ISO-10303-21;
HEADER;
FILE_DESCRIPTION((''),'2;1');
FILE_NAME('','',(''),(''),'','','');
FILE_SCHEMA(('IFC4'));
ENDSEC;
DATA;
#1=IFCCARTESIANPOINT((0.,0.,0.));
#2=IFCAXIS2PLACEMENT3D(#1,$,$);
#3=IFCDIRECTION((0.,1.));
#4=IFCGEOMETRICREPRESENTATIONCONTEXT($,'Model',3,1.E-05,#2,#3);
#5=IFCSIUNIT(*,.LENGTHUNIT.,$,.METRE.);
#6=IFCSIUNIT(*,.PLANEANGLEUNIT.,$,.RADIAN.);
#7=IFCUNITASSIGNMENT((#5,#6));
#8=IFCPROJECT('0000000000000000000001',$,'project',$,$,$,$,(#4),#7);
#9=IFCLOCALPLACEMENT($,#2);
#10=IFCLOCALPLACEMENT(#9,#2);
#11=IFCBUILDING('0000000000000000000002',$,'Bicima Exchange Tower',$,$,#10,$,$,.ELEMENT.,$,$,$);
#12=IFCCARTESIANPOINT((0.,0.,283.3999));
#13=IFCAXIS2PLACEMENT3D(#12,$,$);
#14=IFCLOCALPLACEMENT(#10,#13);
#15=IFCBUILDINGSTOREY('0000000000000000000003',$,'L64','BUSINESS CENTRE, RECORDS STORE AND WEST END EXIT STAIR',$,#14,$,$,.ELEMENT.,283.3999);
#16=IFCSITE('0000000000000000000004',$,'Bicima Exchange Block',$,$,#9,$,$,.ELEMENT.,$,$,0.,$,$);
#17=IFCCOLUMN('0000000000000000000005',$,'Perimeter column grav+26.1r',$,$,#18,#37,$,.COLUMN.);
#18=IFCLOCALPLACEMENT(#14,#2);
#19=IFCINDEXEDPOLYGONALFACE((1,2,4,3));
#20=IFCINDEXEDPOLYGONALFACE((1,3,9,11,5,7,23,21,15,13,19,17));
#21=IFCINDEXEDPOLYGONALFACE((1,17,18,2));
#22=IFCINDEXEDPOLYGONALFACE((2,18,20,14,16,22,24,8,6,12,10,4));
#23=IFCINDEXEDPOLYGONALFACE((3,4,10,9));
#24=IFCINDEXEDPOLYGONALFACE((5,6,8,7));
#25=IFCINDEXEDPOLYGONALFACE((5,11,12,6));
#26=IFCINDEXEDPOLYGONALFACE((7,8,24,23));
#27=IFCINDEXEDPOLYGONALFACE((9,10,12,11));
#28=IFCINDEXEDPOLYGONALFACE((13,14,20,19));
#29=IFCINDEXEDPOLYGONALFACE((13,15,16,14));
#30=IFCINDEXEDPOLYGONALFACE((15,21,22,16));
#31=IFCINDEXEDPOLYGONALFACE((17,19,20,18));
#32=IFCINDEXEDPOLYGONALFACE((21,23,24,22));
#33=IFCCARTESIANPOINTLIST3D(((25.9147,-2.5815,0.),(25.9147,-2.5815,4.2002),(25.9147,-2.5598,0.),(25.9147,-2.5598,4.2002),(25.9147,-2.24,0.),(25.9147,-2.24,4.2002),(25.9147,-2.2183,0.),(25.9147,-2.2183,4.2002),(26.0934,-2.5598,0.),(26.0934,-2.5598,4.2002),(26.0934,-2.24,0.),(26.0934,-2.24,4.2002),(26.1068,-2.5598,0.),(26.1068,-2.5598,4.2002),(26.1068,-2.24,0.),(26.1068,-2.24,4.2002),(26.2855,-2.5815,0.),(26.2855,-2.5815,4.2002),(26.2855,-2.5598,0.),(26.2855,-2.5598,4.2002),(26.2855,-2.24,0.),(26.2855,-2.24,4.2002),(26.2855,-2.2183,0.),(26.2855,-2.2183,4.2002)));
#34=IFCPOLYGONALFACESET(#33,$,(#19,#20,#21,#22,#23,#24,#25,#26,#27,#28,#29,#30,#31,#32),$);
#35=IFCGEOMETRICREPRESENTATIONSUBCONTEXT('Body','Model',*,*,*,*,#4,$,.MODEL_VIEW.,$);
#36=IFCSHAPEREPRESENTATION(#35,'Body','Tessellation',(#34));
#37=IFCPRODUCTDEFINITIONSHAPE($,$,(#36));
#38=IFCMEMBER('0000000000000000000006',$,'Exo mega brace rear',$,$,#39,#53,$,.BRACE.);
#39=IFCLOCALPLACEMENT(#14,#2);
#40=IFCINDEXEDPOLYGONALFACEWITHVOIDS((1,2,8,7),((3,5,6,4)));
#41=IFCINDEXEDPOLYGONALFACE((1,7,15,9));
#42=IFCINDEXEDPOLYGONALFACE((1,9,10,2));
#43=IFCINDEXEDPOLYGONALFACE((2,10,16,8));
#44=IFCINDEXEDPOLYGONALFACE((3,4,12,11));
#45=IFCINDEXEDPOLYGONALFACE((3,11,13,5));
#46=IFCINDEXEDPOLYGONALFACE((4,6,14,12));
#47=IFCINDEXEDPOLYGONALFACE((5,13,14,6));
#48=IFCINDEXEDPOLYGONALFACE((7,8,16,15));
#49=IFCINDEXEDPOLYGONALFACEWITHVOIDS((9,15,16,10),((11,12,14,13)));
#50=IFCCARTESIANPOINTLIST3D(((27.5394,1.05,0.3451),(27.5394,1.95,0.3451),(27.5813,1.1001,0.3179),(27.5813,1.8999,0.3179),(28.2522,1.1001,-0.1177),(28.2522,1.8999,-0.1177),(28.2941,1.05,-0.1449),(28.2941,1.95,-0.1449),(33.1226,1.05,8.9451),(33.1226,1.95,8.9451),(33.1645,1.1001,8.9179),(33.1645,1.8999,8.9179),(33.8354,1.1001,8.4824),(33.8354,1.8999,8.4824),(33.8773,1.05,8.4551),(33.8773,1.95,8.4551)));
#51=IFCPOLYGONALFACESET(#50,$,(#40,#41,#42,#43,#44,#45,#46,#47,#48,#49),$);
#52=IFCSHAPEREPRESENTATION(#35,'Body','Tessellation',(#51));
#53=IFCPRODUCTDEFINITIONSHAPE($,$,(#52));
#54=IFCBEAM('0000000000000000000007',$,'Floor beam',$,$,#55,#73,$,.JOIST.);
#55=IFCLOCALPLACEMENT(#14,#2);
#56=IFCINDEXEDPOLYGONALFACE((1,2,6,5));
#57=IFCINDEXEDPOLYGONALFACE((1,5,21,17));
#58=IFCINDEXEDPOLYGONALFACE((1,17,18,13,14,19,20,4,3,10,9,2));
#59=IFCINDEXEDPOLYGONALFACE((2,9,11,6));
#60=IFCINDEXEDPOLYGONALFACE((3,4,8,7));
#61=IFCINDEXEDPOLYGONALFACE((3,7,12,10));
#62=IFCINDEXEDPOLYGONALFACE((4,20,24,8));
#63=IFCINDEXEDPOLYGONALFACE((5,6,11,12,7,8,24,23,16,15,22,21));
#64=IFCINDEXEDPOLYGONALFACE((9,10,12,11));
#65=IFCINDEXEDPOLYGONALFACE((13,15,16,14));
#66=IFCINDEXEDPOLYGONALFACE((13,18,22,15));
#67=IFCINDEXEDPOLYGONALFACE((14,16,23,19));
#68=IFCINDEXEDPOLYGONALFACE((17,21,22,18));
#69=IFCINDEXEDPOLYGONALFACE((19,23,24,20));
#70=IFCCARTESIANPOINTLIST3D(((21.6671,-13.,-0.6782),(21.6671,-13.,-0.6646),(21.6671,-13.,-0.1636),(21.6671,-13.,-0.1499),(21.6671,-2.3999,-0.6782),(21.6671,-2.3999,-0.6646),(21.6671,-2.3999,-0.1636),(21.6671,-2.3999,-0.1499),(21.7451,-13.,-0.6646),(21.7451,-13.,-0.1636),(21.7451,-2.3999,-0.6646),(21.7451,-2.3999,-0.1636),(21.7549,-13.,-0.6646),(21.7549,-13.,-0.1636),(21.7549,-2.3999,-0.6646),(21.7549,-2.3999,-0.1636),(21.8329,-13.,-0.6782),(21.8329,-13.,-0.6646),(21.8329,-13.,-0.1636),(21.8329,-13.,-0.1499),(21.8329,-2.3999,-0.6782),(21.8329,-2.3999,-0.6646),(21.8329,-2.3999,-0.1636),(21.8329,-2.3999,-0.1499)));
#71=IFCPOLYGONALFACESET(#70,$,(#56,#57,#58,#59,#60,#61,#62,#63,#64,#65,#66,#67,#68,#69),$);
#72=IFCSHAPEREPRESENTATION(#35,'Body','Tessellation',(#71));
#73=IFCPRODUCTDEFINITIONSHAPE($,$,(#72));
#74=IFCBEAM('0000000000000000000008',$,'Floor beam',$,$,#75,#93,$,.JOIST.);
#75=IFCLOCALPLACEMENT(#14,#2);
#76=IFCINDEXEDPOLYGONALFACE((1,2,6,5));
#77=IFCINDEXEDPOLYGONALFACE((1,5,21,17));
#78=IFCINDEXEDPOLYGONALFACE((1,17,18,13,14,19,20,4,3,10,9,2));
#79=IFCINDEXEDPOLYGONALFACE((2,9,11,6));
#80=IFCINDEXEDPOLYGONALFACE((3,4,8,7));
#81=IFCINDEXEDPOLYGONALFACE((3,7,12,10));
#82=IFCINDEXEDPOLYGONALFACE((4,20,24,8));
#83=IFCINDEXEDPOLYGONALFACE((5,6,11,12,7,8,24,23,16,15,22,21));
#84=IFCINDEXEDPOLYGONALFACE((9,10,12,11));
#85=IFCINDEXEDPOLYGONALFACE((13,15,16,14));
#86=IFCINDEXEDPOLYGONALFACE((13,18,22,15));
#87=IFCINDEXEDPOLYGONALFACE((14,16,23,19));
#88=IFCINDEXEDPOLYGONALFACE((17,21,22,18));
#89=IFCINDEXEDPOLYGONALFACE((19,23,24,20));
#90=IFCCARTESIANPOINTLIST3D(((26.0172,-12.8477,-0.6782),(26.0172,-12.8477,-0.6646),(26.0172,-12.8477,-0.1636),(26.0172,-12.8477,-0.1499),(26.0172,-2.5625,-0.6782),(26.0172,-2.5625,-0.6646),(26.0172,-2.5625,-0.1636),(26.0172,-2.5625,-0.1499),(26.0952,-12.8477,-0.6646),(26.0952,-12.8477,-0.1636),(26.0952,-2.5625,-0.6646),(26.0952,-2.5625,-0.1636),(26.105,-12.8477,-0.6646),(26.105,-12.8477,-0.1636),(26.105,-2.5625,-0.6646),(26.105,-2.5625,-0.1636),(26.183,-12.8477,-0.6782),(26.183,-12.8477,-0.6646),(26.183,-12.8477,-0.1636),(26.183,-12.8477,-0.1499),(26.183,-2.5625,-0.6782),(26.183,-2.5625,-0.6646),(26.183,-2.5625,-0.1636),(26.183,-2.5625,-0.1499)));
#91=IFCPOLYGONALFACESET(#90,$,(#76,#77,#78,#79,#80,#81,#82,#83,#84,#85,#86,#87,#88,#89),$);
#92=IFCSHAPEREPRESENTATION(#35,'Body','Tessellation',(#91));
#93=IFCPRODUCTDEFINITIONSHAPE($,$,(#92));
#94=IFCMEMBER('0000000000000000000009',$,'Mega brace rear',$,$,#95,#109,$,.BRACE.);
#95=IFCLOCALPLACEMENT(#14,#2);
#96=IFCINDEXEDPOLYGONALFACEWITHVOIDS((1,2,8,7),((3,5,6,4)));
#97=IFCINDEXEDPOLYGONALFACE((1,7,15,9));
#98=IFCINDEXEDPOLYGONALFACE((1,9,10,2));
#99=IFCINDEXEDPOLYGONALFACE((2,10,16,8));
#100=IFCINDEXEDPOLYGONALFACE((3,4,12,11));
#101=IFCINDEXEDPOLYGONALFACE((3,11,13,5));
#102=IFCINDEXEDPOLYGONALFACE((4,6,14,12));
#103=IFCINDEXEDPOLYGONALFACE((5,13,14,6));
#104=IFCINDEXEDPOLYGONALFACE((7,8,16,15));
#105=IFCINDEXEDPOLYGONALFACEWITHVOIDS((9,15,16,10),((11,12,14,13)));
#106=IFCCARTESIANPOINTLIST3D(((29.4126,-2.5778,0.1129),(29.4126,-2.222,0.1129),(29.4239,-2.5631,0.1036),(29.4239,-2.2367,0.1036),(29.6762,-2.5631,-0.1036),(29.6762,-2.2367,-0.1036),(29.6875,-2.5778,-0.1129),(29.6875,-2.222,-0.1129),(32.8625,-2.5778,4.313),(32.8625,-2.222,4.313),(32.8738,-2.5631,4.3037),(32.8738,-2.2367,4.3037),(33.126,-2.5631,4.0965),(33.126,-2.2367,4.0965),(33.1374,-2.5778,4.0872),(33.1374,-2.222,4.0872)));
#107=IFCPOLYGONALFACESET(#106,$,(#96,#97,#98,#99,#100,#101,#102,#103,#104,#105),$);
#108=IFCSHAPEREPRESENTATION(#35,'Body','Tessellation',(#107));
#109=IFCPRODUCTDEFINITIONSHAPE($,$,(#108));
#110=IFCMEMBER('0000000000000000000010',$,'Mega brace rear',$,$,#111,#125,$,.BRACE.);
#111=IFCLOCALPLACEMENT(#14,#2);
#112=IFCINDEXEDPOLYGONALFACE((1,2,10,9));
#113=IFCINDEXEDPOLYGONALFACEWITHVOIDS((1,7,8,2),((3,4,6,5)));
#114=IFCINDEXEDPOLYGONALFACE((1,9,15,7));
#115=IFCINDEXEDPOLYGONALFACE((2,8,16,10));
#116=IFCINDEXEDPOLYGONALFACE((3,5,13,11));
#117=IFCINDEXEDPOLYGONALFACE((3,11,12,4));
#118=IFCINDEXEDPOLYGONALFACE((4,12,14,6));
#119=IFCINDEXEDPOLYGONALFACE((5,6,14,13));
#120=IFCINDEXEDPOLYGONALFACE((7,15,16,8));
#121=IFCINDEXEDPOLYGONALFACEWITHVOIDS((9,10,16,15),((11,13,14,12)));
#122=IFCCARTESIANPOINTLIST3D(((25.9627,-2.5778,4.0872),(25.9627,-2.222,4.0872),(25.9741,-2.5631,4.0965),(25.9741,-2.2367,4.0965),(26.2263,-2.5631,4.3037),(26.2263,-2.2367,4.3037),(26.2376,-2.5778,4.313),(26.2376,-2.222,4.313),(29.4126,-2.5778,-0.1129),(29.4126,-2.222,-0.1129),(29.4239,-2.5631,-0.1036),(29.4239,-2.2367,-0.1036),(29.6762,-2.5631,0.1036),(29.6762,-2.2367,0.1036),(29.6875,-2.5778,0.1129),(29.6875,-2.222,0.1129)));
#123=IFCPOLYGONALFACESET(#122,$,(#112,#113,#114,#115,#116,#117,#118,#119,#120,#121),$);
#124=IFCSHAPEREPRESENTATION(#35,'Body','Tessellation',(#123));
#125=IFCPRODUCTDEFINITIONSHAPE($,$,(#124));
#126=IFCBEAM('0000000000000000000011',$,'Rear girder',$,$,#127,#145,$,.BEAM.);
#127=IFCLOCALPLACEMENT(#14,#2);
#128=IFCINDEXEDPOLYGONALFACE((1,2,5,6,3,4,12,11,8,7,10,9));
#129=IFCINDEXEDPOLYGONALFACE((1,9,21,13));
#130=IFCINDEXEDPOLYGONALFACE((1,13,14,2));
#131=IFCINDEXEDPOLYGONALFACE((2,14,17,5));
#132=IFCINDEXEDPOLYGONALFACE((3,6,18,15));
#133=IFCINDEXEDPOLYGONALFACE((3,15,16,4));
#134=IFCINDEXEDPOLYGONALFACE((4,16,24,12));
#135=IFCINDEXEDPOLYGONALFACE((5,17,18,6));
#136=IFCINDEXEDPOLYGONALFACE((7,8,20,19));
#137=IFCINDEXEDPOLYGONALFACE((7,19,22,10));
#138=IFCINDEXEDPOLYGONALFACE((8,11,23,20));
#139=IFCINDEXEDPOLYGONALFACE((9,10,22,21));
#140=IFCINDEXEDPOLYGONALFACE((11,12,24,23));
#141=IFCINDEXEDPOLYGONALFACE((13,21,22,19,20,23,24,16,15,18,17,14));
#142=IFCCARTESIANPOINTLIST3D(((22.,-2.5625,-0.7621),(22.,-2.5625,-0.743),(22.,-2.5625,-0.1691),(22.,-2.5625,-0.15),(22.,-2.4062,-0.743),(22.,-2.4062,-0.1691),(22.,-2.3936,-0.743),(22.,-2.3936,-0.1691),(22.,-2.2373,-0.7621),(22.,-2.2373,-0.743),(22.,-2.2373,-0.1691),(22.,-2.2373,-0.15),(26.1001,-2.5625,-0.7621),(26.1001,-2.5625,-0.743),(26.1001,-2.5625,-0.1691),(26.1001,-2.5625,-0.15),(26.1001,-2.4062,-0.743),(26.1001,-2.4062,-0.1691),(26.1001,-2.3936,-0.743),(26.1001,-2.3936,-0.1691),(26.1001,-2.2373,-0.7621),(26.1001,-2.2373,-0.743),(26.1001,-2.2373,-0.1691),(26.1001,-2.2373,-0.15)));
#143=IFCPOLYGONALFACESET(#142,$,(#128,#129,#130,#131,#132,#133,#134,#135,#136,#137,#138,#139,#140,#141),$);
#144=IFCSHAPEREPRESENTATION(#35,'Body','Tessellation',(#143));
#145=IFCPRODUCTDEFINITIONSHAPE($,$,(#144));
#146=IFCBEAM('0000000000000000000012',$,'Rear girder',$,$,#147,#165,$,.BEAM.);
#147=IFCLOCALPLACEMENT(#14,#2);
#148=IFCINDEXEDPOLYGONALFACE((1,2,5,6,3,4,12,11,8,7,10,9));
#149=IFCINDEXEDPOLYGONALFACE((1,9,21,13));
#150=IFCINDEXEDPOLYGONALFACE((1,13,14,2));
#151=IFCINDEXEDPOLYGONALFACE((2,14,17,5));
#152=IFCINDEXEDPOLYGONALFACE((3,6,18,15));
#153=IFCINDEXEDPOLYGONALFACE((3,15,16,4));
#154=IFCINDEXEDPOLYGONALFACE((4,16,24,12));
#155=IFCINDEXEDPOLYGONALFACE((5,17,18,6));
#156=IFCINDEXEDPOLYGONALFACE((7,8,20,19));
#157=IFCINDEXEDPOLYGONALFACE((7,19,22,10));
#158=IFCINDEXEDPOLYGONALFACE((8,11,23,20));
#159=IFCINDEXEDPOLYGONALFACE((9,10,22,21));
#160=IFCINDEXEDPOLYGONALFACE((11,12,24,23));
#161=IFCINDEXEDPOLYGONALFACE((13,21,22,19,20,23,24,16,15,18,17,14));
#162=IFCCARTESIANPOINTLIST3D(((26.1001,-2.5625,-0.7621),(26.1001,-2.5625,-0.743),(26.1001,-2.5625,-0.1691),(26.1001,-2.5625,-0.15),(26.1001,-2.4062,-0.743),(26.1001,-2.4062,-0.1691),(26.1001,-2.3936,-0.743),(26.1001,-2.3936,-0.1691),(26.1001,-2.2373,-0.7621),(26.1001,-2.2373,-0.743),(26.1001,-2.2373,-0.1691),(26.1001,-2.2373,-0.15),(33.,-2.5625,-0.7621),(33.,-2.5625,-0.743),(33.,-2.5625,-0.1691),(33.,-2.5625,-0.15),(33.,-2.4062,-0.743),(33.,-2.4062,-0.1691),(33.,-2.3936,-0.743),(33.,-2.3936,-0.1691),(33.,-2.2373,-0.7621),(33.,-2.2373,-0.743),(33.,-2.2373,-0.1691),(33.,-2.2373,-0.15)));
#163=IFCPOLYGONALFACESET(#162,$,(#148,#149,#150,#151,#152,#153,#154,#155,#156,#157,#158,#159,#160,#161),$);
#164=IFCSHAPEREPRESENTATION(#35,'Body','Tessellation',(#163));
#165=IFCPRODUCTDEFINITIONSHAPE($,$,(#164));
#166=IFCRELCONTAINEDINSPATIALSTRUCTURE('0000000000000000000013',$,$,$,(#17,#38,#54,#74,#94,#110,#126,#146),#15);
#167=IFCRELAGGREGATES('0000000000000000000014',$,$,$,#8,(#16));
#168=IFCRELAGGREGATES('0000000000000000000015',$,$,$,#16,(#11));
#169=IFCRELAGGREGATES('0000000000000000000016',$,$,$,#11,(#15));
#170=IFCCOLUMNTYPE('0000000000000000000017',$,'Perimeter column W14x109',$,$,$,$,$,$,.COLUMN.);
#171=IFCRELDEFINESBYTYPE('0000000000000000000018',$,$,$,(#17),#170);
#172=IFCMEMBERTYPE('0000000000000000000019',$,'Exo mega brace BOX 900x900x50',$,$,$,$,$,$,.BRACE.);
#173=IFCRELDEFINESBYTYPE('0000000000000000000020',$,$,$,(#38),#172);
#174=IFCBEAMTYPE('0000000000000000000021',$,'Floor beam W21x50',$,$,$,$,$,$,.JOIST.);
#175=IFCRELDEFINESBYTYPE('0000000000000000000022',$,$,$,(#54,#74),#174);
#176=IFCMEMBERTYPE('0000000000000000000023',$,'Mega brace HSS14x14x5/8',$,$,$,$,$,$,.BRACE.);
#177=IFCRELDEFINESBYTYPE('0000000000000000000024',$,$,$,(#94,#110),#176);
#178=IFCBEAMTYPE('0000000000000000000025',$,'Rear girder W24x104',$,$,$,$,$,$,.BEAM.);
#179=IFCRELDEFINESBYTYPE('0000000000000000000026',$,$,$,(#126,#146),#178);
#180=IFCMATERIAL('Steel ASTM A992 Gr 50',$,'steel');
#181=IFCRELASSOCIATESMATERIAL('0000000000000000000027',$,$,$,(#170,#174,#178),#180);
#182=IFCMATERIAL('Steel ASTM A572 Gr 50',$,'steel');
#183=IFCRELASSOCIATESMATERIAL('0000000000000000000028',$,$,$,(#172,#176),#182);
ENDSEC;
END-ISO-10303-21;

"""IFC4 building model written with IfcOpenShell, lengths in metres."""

from ifc_helpers import new_model, si_unit, direction, frame, origin, origin_2d, place, context, subcontext, project, spatial, hollow_rectangle, i_section, extrude, material, material_profile, profile_set, type_object, element, save


model = new_model("IFC4")

# Units and contexts
model_context = context("Model", 3, precision=1e-05, world=origin(), true_north=direction((0.0, 1.0)))
body_context = subcontext(model_context, "Body", "Model", "MODEL_VIEW")
ifc_project = project(units=[si_unit("LENGTHUNIT", "METRE"), si_unit("PLANEANGLEUNIT", "RADIAN")], contexts=[model_context])

# Site, building, storey
site_placement = place(None, origin())
site = spatial("IfcSite", under=ifc_project, at=site_placement, Name="Bicima Exchange Block", CompositionType="ELEMENT", RefElevation=0.0)
building_placement = place(site_placement, origin())
building = spatial("IfcBuilding", under=site, at=building_placement, Name="Bicima Exchange Tower", CompositionType="ELEMENT")
storey_placement = place(building_placement, frame((0.0, 0.0, 283.3999)))
storey = spatial("IfcBuildingStorey", under=building, at=storey_placement, Name="L64", Description="BUSINESS CENTRE, RECORDS STORE AND WEST END EXIT STAIR", CompositionType="ELEMENT", Elevation=283.3999)

# Column
ifc_material_1 = material(Name="Steel ASTM A992 Gr 50", Category="steel")
ifc_material_profile_1 = material_profile(ifc_material_1, i_section(OverallWidth=0.3708, OverallDepth=0.3633, WebThickness=0.0134, FlangeThickness=0.0217, at=origin_2d()))
ifc_profile_set_1 = profile_set([ifc_material_profile_1], Name="Steel ASTM A992 Gr 50")
column_type = type_object("IfcColumnType", Name="Perimeter column W14x109", PredefinedType="COLUMN", material=ifc_profile_set_1)
column_placement = place(storey_placement, frame((26.1001, -2.3999, 0.0), z_axis=(0.0, 0.0, 1.0), x_axis=(1.0, 0.0, 0.0)))
element("IfcColumn", 1, at=column_placement, inside=storey, type_object=column_type, Name="Perimeter column grav+26.1r", PredefinedType="COLUMN", context=body_context, shape_type="SweptSolid", body=[
    extrude(i_section(OverallWidth=0.3708, OverallDepth=0.3633, WebThickness=0.0134, FlangeThickness=0.0217, at=origin_2d()), origin(), (0.0, 0.0, 1.0), 4.2002),
])

# Member
ifc_material_2 = material(Name="Steel ASTM A572 Gr 50", Category="steel")
ifc_material_profile_2 = material_profile(ifc_material_2, hollow_rectangle(XDim=0.8999, YDim=0.8999, WallThickness=0.05, at=origin_2d()))
ifc_profile_set_2 = profile_set([ifc_material_profile_2], Name="Steel ASTM A572 Gr 50")
member_type_1 = type_object("IfcMemberType", Name="Exo mega brace BOX 900x900x50", PredefinedType="BRACE", material=ifc_profile_set_2)
member_placement = place(storey_placement, frame((27.9167, 1.5, 0.1001), z_axis=(0.544521, 0.0, 0.838747), x_axis=(0.0, 1.0, 0.0)))
element("IfcMember", 2, at=member_placement, inside=storey, type_object=member_type_1, Name="Exo mega brace rear", PredefinedType="BRACE", context=body_context, shape_type="SweptSolid", body=[
    extrude(hollow_rectangle(XDim=0.8999, YDim=0.8999, WallThickness=0.05, at=origin_2d()), origin(), (0.0, 0.0, 1.0), 10.2534),
])

# Beams
ifc_material_profile_3 = material_profile(ifc_material_1, i_section(OverallWidth=0.1658, OverallDepth=0.5283, WebThickness=0.0098, FlangeThickness=0.0137, at=origin_2d()))
ifc_profile_set_3 = profile_set([ifc_material_profile_3], Name="Steel ASTM A992 Gr 50")
beam_type_1 = type_object("IfcBeamType", Name="Floor beam W21x50", PredefinedType="JOIST", material=ifc_profile_set_3)
beam_1_placement = place(storey_placement, frame((21.75, -2.3999, -0.4141), z_axis=(0.0, -1.0, 0.0), x_axis=(1.0, 0.0, 0.0)))
element("IfcBeam", 3, at=beam_1_placement, inside=storey, type_object=beam_type_1, Name="Floor beam", PredefinedType="JOIST", context=body_context, shape_type="SweptSolid", body=[
    extrude(i_section(OverallWidth=0.1658, OverallDepth=0.5283, WebThickness=0.0098, FlangeThickness=0.0137, at=origin_2d()), origin(), (0.0, 0.0, 1.0), 10.6001),
])
beam_2_placement = place(storey_placement, frame((26.1001, -2.5625, -0.4141), z_axis=(0.0, -1.0, 0.0), x_axis=(1.0, 0.0, 0.0)))
element("IfcBeam", 4, at=beam_2_placement, inside=storey, type_object=beam_type_1, Name="Floor beam", PredefinedType="JOIST", context=body_context, shape_type="SweptSolid", body=[
    extrude(i_section(OverallWidth=0.1658, OverallDepth=0.5283, WebThickness=0.0098, FlangeThickness=0.0137, at=origin_2d()), origin(), (0.0, 0.0, 1.0), 10.2852),
])

# Members
ifc_material_profile_4 = material_profile(ifc_material_2, hollow_rectangle(XDim=0.3557, YDim=0.3557, WallThickness=0.0146, at=origin_2d()))
ifc_profile_set_4 = profile_set([ifc_material_profile_4], Name="Steel ASTM A572 Gr 50")
member_type_2 = type_object("IfcMemberType", Name="Mega brace HSS14x14x5/8", PredefinedType="BRACE", material=ifc_profile_set_4)
for number, where, z_axis, x_axis, name in (
    (5, (29.55, -2.3999, 0.0), (0.634716, 0.0, 0.772745), (0.0, 1.0, 0.0), "Mega brace rear"),
    (6, (29.55, -2.3999, 0.0), (-0.634716, 0.0, 0.772745), (0.0, -1.0, 0.0), "Mega brace rear"),
):
    element("IfcMember", number, at=place(storey_placement, frame(where, z_axis=z_axis, x_axis=x_axis)), inside=storey, type_object=member_type_2, Name=name, PredefinedType="BRACE", context=body_context, shape_type="SweptSolid", body=[
        extrude(hollow_rectangle(XDim=0.3557, YDim=0.3557, WallThickness=0.0146, at=origin_2d()), origin(), (0.0, 0.0, 1.0), 5.4353),
    ])

# Beams
ifc_material_profile_5 = material_profile(ifc_material_1, i_section(OverallWidth=0.3252, OverallDepth=0.6121, WebThickness=0.0127, FlangeThickness=0.019, at=origin_2d()))
ifc_profile_set_5 = profile_set([ifc_material_profile_5], Name="Steel ASTM A992 Gr 50")
beam_type_2 = type_object("IfcBeamType", Name="Rear girder W24x104", PredefinedType="BEAM", material=ifc_profile_set_5)
beam_3_placement = place(storey_placement, frame((22.0, -2.3999, -0.4561), z_axis=(1.0, 0.0, 0.0), x_axis=(0.0, 1.0, 0.0)))
element("IfcBeam", 7, at=beam_3_placement, inside=storey, type_object=beam_type_2, Name="Rear girder", PredefinedType="BEAM", context=body_context, shape_type="SweptSolid", body=[
    extrude(i_section(OverallWidth=0.3252, OverallDepth=0.6121, WebThickness=0.0127, FlangeThickness=0.019, at=origin_2d()), origin(), (0.0, 0.0, 1.0), 4.1001),
])
beam_4_placement = place(storey_placement, frame((26.1001, -2.3999, -0.4561), z_axis=(1.0, 0.0, 0.0), x_axis=(0.0, 1.0, 0.0)))
element("IfcBeam", 8, at=beam_4_placement, inside=storey, type_object=beam_type_2, Name="Rear girder", PredefinedType="BEAM", context=body_context, shape_type="SweptSolid", body=[
    extrude(i_section(OverallWidth=0.3252, OverallDepth=0.6121, WebThickness=0.0127, FlangeThickness=0.019, at=origin_2d()), origin(), (0.0, 0.0, 1.0), 6.8999),
])

save(model, "model.ifc")
